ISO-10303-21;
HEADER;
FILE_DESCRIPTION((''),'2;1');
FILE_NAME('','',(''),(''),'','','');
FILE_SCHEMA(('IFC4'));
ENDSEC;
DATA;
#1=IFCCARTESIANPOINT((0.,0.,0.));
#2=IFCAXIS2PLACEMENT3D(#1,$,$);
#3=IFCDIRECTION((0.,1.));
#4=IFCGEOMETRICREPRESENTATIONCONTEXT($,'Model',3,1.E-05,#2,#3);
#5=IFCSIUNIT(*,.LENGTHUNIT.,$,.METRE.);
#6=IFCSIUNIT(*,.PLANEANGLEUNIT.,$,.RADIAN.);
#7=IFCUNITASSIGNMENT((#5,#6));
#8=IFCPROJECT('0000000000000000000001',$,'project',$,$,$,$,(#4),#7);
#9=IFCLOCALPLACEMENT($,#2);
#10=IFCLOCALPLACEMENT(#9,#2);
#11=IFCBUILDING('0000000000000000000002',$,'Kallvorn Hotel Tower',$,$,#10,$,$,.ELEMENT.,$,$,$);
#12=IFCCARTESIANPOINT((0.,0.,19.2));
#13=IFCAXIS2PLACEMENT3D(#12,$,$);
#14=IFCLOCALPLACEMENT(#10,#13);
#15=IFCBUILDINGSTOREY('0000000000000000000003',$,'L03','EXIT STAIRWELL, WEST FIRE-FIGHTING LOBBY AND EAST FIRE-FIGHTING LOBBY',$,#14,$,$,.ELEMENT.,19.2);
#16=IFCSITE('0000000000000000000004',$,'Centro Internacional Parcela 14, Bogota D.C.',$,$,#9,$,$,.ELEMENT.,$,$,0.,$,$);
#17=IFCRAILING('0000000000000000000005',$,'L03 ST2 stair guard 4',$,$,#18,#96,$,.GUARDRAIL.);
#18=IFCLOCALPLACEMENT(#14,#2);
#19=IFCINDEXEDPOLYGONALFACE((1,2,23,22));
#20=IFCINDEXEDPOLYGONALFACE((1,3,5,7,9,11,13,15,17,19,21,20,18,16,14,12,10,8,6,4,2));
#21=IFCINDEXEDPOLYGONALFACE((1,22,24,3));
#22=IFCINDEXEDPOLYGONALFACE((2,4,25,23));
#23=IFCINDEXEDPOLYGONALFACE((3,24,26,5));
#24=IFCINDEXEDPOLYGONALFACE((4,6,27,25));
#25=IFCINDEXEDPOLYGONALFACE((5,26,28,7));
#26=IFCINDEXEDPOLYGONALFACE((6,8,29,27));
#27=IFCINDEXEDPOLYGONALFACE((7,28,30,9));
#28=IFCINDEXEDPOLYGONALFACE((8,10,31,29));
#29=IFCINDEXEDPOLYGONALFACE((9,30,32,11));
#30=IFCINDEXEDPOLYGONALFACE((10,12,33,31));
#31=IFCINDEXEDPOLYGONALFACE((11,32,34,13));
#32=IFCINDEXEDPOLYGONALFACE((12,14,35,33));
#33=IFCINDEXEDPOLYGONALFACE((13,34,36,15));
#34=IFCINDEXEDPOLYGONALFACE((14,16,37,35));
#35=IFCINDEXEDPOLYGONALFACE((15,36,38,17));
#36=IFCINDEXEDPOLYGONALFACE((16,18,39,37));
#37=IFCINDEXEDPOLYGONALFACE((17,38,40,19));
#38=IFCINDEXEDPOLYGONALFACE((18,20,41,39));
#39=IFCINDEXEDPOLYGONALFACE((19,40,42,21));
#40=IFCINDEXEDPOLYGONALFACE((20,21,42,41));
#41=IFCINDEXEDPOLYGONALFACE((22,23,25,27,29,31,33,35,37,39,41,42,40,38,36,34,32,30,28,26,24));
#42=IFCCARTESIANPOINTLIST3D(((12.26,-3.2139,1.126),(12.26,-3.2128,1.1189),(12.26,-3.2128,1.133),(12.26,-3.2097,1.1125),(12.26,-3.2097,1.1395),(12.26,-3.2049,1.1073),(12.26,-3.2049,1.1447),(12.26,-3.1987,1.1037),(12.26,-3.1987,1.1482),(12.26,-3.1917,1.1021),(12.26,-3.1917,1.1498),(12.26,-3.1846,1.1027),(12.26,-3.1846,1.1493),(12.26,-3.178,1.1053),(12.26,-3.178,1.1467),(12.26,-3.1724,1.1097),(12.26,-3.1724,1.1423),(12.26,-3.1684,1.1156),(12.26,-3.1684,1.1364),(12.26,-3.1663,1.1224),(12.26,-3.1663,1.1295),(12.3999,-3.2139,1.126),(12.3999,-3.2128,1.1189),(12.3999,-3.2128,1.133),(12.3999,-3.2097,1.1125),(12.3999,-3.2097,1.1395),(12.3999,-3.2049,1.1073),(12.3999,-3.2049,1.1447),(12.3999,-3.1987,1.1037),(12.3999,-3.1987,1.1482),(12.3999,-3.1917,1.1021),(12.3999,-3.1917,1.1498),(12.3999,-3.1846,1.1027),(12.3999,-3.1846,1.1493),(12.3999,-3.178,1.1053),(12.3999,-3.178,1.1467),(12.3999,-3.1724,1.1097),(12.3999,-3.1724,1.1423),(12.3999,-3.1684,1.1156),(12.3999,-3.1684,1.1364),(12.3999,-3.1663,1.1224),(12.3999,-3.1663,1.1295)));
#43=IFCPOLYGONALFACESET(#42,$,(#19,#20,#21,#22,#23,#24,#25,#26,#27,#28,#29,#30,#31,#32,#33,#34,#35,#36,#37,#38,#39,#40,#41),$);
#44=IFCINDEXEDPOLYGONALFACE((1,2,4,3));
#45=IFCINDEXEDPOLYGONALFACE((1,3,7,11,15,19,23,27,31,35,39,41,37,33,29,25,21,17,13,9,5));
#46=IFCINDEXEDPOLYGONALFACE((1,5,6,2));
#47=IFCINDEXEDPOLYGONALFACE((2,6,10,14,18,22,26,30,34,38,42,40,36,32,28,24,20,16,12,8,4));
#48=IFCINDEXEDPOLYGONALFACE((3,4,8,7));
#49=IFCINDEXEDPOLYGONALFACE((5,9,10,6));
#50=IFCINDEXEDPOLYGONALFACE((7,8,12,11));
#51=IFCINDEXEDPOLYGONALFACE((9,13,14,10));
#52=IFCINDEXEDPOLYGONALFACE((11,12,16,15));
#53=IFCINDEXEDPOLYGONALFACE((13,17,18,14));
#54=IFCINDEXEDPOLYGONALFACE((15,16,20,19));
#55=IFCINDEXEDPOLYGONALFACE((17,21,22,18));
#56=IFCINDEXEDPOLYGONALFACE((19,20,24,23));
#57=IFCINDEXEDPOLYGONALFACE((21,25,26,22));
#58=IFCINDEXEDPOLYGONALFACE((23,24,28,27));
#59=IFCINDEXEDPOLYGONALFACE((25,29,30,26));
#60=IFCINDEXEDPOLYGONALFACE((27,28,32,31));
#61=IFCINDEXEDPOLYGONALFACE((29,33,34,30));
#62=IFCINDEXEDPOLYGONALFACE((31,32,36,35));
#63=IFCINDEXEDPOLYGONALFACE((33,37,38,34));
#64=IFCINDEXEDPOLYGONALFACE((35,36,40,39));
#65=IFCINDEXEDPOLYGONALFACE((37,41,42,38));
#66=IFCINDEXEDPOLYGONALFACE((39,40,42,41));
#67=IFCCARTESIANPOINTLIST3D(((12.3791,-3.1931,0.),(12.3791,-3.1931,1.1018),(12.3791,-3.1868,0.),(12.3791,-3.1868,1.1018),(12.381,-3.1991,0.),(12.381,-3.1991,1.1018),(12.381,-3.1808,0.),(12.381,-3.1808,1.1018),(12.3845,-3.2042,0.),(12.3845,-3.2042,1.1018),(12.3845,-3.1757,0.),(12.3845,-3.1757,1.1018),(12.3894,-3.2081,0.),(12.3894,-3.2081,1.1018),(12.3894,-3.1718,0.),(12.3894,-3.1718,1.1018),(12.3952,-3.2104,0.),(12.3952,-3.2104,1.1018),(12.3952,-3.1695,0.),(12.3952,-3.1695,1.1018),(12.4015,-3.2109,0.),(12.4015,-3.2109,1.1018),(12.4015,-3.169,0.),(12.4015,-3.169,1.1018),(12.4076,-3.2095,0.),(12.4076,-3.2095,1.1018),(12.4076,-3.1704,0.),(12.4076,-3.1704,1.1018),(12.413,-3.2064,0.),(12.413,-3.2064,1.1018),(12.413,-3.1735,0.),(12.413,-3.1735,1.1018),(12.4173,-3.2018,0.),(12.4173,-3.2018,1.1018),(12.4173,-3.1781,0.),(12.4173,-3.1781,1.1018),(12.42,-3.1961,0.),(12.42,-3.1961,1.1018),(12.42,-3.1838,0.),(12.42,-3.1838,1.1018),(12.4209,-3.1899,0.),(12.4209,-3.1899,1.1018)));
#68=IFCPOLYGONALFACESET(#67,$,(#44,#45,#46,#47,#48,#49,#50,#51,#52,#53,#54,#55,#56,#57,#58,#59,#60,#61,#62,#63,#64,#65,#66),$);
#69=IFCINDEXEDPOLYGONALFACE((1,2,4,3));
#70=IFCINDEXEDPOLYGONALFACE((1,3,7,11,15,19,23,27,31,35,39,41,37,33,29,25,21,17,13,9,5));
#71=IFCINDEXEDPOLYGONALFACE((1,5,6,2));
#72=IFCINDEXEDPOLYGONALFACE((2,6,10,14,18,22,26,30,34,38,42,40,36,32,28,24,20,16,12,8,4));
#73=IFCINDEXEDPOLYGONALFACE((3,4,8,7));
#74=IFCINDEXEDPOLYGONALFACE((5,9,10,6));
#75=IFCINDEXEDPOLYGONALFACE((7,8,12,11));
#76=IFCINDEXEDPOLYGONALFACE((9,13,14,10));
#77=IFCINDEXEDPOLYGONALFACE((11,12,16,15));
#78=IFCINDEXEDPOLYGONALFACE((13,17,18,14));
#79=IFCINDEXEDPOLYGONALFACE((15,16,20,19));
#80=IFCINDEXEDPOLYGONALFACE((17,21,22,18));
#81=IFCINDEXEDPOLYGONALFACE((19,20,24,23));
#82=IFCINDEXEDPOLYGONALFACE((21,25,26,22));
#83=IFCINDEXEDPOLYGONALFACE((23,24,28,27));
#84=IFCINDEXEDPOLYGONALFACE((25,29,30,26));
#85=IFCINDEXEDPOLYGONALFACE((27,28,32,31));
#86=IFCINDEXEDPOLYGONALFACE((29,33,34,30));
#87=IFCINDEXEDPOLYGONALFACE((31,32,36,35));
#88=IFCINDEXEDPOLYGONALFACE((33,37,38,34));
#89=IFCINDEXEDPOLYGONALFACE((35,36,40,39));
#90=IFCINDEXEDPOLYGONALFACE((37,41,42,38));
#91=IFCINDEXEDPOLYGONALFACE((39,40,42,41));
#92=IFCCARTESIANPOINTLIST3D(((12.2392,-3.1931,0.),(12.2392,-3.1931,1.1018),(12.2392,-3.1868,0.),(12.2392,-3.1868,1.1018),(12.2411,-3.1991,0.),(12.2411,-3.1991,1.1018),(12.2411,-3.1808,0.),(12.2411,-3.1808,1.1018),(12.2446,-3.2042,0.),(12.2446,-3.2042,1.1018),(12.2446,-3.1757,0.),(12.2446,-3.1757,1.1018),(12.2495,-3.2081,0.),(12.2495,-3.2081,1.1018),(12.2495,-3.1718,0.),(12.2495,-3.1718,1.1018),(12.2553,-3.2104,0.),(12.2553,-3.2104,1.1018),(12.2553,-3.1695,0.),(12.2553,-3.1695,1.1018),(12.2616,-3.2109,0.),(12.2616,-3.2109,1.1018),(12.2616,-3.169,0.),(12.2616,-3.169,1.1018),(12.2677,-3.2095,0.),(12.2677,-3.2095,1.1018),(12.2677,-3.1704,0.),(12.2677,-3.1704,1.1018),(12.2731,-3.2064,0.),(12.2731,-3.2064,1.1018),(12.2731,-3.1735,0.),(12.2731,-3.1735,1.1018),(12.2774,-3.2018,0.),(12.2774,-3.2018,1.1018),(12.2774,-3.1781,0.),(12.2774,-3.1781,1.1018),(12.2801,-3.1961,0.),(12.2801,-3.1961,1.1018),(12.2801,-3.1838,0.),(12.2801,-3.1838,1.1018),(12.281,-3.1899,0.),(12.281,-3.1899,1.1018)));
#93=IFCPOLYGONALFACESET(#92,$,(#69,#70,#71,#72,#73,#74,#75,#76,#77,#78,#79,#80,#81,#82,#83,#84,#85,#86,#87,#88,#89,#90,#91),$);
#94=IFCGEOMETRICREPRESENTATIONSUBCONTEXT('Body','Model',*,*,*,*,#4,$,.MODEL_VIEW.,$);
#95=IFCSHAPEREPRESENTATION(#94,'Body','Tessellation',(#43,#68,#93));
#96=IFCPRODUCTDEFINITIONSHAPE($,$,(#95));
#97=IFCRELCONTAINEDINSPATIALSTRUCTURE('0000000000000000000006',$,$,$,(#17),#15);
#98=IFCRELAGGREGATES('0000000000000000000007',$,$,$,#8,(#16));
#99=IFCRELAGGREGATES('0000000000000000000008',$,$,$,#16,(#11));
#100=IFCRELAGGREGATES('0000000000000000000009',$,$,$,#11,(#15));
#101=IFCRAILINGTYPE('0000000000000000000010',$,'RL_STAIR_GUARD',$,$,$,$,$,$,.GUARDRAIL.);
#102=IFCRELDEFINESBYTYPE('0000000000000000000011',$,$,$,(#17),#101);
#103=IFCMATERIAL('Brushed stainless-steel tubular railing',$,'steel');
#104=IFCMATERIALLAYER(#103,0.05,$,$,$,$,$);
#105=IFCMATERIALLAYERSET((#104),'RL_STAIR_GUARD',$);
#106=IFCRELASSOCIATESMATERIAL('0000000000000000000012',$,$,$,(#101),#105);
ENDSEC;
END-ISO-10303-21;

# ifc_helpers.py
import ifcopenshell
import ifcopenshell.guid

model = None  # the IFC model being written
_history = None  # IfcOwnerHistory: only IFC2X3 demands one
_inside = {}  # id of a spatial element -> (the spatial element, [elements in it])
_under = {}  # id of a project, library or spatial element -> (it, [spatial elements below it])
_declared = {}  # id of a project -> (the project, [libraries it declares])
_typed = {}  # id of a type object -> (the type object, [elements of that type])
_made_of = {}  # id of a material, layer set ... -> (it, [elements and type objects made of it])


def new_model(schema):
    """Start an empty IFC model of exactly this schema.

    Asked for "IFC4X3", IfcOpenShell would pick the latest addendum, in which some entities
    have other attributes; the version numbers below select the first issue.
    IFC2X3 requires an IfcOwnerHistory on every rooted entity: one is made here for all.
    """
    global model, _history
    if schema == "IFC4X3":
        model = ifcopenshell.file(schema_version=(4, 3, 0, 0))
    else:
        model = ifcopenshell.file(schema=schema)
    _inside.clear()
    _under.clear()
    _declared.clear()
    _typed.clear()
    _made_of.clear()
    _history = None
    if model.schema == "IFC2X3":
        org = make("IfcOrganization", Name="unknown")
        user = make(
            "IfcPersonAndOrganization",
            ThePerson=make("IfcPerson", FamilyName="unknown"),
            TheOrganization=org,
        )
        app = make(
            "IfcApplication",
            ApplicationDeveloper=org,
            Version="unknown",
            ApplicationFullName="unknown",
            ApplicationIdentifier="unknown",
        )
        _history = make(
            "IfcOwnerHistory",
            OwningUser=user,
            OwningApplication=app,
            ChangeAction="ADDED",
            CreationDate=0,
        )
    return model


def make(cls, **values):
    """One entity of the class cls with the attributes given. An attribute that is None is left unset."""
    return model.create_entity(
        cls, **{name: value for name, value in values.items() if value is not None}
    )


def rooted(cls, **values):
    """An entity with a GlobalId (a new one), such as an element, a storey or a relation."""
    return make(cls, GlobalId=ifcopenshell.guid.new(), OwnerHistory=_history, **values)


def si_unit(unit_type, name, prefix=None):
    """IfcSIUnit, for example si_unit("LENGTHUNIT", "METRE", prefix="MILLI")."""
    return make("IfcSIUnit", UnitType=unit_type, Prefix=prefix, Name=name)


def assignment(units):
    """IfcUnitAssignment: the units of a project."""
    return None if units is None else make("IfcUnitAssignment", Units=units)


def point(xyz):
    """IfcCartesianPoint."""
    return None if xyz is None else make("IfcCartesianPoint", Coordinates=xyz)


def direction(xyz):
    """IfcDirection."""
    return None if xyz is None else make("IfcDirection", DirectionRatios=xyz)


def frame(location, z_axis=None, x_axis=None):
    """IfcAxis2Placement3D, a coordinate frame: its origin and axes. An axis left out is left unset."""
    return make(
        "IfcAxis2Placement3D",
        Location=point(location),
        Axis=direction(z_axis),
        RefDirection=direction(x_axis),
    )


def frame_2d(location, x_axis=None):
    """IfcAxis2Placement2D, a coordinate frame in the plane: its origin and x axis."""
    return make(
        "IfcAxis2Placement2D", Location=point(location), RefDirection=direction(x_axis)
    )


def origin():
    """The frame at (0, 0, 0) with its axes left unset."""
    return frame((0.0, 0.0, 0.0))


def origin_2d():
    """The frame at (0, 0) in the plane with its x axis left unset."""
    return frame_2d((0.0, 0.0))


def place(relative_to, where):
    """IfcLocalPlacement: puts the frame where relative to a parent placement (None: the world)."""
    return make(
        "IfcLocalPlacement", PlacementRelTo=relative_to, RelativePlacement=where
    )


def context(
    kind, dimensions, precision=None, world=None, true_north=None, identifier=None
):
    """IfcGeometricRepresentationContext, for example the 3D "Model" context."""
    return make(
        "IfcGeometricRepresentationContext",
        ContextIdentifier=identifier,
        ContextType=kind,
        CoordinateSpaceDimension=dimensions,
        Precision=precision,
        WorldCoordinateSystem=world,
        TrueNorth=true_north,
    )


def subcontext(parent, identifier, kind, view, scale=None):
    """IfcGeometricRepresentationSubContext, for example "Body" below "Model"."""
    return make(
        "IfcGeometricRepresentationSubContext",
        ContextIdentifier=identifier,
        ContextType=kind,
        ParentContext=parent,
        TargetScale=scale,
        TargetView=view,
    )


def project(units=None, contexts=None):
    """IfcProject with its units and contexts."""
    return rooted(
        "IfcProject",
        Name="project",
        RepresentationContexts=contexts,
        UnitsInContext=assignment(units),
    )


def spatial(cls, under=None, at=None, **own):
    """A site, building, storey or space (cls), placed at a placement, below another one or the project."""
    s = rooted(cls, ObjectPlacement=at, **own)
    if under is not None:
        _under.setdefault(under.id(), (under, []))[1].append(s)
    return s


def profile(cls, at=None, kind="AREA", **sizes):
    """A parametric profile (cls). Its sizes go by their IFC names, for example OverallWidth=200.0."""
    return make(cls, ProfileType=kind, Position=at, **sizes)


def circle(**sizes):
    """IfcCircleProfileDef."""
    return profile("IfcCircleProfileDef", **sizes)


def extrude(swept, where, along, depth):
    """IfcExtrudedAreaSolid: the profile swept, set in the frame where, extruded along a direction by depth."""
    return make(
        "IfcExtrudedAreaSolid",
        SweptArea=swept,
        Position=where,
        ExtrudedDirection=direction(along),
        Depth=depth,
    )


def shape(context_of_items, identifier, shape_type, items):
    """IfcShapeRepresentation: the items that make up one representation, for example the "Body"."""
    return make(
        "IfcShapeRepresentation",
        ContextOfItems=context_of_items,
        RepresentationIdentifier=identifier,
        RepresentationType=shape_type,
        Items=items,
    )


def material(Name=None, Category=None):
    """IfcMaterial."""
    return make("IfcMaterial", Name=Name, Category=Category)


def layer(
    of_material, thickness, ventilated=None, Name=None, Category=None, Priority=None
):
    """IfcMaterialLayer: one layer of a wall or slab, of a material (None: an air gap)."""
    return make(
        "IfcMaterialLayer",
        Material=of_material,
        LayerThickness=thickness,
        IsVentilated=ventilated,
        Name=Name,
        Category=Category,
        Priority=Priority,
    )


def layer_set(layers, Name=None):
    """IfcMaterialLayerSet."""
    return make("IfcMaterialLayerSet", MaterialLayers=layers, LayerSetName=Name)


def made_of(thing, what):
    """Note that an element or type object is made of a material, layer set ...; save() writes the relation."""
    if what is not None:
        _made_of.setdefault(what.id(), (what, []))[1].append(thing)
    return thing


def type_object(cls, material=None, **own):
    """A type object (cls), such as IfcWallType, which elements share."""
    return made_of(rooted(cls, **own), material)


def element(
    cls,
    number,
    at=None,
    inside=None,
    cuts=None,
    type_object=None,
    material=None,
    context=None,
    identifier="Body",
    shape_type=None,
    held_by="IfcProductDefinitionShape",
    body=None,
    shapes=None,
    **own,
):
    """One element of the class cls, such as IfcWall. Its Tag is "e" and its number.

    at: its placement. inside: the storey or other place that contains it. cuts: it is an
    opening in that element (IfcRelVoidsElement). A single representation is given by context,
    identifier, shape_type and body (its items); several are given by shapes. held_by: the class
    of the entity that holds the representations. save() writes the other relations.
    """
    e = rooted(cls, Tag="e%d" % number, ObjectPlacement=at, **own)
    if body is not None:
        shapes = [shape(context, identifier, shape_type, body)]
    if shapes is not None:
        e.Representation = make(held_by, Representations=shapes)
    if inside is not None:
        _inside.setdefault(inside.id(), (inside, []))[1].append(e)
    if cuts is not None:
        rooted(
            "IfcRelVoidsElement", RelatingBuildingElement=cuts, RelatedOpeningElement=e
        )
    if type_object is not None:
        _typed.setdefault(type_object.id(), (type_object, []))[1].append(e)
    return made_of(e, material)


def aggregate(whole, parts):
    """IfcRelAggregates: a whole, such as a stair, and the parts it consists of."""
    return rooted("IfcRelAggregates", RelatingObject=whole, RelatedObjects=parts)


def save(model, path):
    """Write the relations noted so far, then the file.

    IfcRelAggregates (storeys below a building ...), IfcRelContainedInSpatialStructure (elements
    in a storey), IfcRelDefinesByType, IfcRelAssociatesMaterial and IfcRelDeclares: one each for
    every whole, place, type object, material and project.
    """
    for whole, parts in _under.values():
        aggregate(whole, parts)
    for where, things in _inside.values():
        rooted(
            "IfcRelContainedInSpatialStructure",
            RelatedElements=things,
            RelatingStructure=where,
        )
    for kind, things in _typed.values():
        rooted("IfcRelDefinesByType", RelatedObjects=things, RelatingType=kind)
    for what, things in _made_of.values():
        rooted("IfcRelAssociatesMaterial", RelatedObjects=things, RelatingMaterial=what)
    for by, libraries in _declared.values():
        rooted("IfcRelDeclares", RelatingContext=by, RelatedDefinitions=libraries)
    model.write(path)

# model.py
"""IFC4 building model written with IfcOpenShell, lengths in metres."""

from ifc_helpers import new_model, si_unit, direction, frame, origin, origin_2d, place, context, subcontext, project, spatial, circle, extrude, material, layer, layer_set, type_object, element, save


model = new_model("IFC4")

# Units and contexts
model_context = context("Model", 3, precision=1e-05, world=origin(), true_north=direction((0.0, 1.0)))
body_context = subcontext(model_context, "Body", "Model", "MODEL_VIEW")
ifc_project = project(units=[si_unit("LENGTHUNIT", "METRE"), si_unit("PLANEANGLEUNIT", "RADIAN")], contexts=[model_context])

# Site, building, storey
site_placement = place(None, origin())
site = spatial("IfcSite", under=ifc_project, at=site_placement, Name="Centro Internacional Parcela 14, Bogota D.C.", CompositionType="ELEMENT", RefElevation=0.0)
building_placement = place(site_placement, origin())
building = spatial("IfcBuilding", under=site, at=building_placement, Name="Kallvorn Hotel Tower", CompositionType="ELEMENT")
storey_placement = place(building_placement, frame((0.0, 0.0, 19.2)))
storey = spatial("IfcBuildingStorey", under=building, at=storey_placement, Name="L03", Description="EXIT STAIRWELL, WEST FIRE-FIGHTING LOBBY AND EAST FIRE-FIGHTING LOBBY", CompositionType="ELEMENT", Elevation=19.2)

# Railing
ifc_material_1 = material(Name="Brushed stainless-steel tubular railing", Category="steel")
ifc_layer_1 = layer(ifc_material_1, 0.05)
ifc_layer_set_1 = layer_set([ifc_layer_1], Name="RL_STAIR_GUARD")
railing_type_1 = type_object("IfcRailingType", Name="RL_STAIR_GUARD", PredefinedType="GUARDRAIL", material=ifc_layer_set_1)
railing_1_placement = place(storey_placement, frame((12.3999, -3.1899, 0.0)))
element("IfcRailing", 1, at=railing_1_placement, inside=storey, type_object=railing_type_1, Name="L03 ST2 stair guard 4", PredefinedType="GUARDRAIL", context=body_context, shape_type="SweptSolid", body=[
    extrude(circle(Radius=0.0239, at=origin_2d()), frame((0.0, 0.0, 1.126), z_axis=(-1.0, 0.0, 0.0), x_axis=(0.0, -1.0, 0.0)), (0.0, 0.0, 1.0), 0.1399),
    extrude(circle(Radius=0.021, at=origin_2d()), origin(), (0.0, 0.0, 1.0), 1.1018),
    extrude(circle(Radius=0.021, at=origin_2d()), frame((-0.1399, 0.0, 0.0)), (0.0, 0.0, 1.0), 1.1018),
])

save(model, "model.ifc")
